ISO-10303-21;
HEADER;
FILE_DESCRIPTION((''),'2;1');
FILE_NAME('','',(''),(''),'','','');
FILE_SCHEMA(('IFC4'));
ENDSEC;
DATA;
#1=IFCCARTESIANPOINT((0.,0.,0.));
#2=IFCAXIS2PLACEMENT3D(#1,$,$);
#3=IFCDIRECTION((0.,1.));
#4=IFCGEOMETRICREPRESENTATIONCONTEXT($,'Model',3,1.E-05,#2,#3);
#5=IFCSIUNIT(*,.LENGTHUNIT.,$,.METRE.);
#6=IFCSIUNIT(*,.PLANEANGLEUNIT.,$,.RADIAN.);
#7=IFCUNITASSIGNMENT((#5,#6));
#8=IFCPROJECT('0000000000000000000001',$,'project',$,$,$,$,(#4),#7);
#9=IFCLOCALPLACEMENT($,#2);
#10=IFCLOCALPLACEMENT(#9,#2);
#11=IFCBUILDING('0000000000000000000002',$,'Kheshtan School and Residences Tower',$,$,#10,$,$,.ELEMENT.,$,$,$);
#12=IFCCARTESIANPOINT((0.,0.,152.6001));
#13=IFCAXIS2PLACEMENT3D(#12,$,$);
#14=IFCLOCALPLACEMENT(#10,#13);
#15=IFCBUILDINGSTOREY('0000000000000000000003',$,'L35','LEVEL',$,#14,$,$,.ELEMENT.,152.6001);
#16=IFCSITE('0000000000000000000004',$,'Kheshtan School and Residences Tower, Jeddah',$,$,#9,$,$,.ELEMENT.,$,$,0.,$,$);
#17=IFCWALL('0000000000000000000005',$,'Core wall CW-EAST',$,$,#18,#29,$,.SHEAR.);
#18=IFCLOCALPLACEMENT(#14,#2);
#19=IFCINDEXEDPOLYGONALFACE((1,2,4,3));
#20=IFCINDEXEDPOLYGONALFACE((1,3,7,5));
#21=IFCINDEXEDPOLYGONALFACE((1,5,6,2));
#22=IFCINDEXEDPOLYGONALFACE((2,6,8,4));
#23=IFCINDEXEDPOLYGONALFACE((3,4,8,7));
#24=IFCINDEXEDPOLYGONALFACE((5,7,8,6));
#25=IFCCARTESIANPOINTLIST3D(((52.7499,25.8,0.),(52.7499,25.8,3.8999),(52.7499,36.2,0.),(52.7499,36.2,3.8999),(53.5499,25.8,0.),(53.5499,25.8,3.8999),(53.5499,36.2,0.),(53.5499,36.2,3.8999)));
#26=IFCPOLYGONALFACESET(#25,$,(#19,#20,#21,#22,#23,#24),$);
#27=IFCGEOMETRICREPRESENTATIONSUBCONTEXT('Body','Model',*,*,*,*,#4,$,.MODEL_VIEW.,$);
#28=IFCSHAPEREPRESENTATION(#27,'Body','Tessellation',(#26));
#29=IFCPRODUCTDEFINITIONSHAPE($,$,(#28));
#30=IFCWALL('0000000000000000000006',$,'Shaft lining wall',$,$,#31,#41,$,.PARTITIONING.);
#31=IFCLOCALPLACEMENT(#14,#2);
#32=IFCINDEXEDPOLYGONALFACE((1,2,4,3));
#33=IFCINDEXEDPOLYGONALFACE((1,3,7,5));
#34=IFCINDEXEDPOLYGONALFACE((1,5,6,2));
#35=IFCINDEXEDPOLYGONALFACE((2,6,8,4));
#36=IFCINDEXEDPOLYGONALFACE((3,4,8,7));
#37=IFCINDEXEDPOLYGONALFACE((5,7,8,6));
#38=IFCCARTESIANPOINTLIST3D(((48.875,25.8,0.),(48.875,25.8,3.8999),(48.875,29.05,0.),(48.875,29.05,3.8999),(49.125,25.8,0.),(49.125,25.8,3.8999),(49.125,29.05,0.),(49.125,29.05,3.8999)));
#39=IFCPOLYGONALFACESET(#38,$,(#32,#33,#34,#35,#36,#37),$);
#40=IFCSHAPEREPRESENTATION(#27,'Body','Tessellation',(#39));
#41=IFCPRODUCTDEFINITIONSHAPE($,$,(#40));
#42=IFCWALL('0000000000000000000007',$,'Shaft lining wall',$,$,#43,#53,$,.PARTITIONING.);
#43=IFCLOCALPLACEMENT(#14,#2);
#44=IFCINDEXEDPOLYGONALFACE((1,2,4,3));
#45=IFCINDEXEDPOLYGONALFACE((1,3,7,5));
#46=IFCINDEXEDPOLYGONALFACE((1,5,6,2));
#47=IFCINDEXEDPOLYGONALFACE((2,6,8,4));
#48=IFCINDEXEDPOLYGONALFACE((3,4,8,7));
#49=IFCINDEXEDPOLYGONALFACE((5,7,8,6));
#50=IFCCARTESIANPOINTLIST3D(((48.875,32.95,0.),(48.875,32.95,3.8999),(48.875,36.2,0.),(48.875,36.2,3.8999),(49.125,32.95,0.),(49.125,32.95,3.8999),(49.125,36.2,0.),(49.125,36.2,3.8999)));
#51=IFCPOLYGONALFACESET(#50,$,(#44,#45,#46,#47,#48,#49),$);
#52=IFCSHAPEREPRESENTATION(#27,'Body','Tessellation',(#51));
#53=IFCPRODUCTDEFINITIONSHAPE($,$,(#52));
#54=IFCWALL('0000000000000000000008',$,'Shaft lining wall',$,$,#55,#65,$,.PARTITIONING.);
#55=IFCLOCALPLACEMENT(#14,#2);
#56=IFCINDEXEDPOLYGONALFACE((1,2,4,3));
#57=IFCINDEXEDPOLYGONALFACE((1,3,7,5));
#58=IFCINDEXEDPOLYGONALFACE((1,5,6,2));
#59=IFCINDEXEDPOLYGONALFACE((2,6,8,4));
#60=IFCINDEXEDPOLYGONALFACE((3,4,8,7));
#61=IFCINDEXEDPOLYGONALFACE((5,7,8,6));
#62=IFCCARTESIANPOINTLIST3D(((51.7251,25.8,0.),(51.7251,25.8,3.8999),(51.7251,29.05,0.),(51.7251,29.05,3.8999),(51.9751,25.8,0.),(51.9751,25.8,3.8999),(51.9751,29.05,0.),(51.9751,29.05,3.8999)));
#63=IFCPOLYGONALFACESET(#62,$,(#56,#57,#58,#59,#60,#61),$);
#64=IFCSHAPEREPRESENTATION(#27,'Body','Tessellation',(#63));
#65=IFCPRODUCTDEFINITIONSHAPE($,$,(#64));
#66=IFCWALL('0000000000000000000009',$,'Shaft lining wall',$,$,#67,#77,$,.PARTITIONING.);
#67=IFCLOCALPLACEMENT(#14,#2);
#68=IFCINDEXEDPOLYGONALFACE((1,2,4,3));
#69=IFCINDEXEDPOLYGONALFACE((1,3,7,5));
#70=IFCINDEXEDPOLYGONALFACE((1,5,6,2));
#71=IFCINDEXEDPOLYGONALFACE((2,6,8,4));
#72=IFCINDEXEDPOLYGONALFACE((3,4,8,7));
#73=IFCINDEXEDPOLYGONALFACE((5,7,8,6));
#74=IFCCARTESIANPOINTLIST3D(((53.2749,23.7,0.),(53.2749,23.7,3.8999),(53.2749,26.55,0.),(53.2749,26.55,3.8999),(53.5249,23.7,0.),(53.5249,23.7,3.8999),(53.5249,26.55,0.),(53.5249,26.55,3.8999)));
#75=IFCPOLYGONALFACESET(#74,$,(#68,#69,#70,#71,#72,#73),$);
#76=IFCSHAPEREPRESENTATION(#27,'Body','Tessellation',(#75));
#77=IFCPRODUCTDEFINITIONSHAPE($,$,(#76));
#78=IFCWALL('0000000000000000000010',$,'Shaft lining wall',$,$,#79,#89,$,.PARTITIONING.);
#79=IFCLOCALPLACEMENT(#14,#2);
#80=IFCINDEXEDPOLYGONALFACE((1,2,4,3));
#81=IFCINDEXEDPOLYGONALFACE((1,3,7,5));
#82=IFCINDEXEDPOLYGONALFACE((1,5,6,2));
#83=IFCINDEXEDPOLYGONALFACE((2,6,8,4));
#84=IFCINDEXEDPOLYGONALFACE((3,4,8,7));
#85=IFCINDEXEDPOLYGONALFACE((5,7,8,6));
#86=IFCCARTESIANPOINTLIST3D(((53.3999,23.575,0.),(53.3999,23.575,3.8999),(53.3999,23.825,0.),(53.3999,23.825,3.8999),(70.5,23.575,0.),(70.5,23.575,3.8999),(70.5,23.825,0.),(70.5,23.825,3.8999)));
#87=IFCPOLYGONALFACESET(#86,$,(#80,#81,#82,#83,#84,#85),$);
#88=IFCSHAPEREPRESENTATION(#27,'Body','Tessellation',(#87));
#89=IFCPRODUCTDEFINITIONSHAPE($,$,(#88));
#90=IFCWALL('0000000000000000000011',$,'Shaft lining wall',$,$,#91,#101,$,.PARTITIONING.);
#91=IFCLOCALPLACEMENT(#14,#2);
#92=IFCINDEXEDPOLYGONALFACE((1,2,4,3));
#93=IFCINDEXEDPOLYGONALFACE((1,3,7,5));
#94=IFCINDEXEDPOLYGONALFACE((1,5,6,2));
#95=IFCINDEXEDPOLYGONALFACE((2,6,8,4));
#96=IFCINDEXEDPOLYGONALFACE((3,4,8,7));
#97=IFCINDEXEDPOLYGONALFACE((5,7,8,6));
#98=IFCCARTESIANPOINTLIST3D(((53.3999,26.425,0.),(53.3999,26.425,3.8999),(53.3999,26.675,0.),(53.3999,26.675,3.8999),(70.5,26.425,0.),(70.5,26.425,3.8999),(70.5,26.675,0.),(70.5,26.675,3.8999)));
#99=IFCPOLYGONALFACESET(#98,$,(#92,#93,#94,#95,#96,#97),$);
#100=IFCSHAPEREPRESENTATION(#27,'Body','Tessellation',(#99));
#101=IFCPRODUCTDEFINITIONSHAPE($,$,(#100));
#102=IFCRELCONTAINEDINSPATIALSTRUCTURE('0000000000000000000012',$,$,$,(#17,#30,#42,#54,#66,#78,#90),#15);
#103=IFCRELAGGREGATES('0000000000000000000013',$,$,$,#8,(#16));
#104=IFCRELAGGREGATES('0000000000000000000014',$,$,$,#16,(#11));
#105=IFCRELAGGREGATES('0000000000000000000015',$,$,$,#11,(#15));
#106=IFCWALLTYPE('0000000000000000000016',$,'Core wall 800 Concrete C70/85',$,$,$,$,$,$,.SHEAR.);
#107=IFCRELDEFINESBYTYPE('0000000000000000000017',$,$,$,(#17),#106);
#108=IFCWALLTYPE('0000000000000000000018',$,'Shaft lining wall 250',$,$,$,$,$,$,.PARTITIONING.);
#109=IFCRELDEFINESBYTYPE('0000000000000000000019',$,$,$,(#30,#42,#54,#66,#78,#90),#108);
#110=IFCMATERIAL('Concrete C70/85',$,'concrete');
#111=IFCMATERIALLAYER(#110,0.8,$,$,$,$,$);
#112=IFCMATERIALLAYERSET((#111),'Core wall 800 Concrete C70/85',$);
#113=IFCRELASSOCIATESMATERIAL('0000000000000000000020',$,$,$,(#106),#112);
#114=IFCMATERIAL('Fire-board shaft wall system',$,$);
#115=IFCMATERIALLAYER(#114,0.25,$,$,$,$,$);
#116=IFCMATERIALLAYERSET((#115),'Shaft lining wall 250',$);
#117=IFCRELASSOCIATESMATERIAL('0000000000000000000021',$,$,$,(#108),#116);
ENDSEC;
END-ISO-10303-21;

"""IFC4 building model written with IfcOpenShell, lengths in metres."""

from ifc_helpers import new_model, si_unit, direction, frame, frame_2d, origin, place, context, subcontext, project, spatial, rectangle, extrude, material, layer, layer_set, type_object, element, save


model = new_model("IFC4")

# Units and contexts
model_context = context("Model", 3, precision=1e-05, world=origin(), true_north=direction((0.0, 1.0)))
body_context = subcontext(model_context, "Body", "Model", "MODEL_VIEW")
ifc_project = project(units=[si_unit("LENGTHUNIT", "METRE"), si_unit("PLANEANGLEUNIT", "RADIAN")], contexts=[model_context])

# Site, building, storey
site_placement = place(None, origin())
site = spatial("IfcSite", under=ifc_project, at=site_placement, Name="Kheshtan School and Residences Tower, Jeddah", CompositionType="ELEMENT", RefElevation=0.0)
building_placement = place(site_placement, origin())
building = spatial("IfcBuilding", under=site, at=building_placement, Name="Kheshtan School and Residences Tower", CompositionType="ELEMENT")
storey_placement = place(building_placement, frame((0.0, 0.0, 152.6001)))
storey = spatial("IfcBuildingStorey", under=building, at=storey_placement, Name="L35", Description="LEVEL", CompositionType="ELEMENT", Elevation=152.6001)

# Walls
ifc_material_1 = material(Name="Concrete C70/85", Category="concrete")
ifc_layer_1 = layer(ifc_material_1, 0.8)
ifc_layer_set_1 = layer_set([ifc_layer_1], Name="Core wall 800 Concrete C70/85")
wall_type_1 = type_object("IfcWallType", Name="Core wall 800 Concrete C70/85", PredefinedType="SHEAR", material=ifc_layer_set_1)
wall_1_placement = place(storey_placement, frame((53.1499, 25.8, 0.0), z_axis=(0.0, 0.0, 1.0), x_axis=(0.0, 1.0, 0.0)))
element("IfcWall", 1, at=wall_1_placement, inside=storey, type_object=wall_type_1, Name="Core wall CW-EAST", PredefinedType="SHEAR", context=body_context, shape_type="SweptSolid", body=[
    extrude(rectangle(XDim=10.3999, YDim=0.8, at=frame_2d((5.2, 0.0))), origin(), (0.0, 0.0, 1.0), 3.8999),
])
ifc_material_2 = material(Name="Fire-board shaft wall system")
ifc_layer_2 = layer(ifc_material_2, 0.25)
ifc_layer_set_2 = layer_set([ifc_layer_2], Name="Shaft lining wall 250")
wall_type_2 = type_object("IfcWallType", Name="Shaft lining wall 250", PredefinedType="PARTITIONING", material=ifc_layer_set_2)
for number, where, z_axis, x_axis, name in (
    (2, (49.0, 25.8, 0.0), (0.0, 0.0, 1.0), (0.0, 1.0, 0.0), "Shaft lining wall"),
    (3, (49.0, 32.95, 0.0), (0.0, 0.0, 1.0), (0.0, 1.0, 0.0), "Shaft lining wall"),
    (4, (51.8501, 25.8, 0.0), (0.0, 0.0, 1.0), (0.0, 1.0, 0.0), "Shaft lining wall"),
):
    element("IfcWall", number, at=place(storey_placement, frame(where, z_axis=z_axis, x_axis=x_axis)), inside=storey, type_object=wall_type_2, Name=name, PredefinedType="PARTITIONING", context=body_context, shape_type="SweptSolid", body=[
        extrude(rectangle(XDim=3.25, YDim=0.25, at=frame_2d((1.625, 0.0))), origin(), (0.0, 0.0, 1.0), 3.8999),
    ])
wall_2_placement = place(storey_placement, frame((53.3999, 23.7, 0.0), z_axis=(0.0, 0.0, 1.0), x_axis=(0.0, 1.0, 0.0)))
element("IfcWall", 5, at=wall_2_placement, inside=storey, type_object=wall_type_2, Name="Shaft lining wall", PredefinedType="PARTITIONING", context=body_context, shape_type="SweptSolid", body=[
    extrude(rectangle(XDim=2.8501, YDim=0.25, at=frame_2d((1.425, 0.0))), origin(), (0.0, 0.0, 1.0), 3.8999),
])
for number, where, z_axis, x_axis, name in (
    (6, (53.3999, 23.7, 0.0), (0.0, 0.0, 1.0), (1.0, 0.0, 0.0), "Shaft lining wall"),
    (7, (53.3999, 26.55, 0.0), (0.0, 0.0, 1.0), (1.0, 0.0, 0.0), "Shaft lining wall"),
):
    element("IfcWall", number, at=place(storey_placement, frame(where, z_axis=z_axis, x_axis=x_axis)), inside=storey, type_object=wall_type_2, Name=name, PredefinedType="PARTITIONING", context=body_context, shape_type="SweptSolid", body=[
        extrude(rectangle(XDim=17.1001, YDim=0.25, at=frame_2d((8.55, 0.0))), origin(), (0.0, 0.0, 1.0), 3.8999),
    ])

save(model, "model.ifc")
